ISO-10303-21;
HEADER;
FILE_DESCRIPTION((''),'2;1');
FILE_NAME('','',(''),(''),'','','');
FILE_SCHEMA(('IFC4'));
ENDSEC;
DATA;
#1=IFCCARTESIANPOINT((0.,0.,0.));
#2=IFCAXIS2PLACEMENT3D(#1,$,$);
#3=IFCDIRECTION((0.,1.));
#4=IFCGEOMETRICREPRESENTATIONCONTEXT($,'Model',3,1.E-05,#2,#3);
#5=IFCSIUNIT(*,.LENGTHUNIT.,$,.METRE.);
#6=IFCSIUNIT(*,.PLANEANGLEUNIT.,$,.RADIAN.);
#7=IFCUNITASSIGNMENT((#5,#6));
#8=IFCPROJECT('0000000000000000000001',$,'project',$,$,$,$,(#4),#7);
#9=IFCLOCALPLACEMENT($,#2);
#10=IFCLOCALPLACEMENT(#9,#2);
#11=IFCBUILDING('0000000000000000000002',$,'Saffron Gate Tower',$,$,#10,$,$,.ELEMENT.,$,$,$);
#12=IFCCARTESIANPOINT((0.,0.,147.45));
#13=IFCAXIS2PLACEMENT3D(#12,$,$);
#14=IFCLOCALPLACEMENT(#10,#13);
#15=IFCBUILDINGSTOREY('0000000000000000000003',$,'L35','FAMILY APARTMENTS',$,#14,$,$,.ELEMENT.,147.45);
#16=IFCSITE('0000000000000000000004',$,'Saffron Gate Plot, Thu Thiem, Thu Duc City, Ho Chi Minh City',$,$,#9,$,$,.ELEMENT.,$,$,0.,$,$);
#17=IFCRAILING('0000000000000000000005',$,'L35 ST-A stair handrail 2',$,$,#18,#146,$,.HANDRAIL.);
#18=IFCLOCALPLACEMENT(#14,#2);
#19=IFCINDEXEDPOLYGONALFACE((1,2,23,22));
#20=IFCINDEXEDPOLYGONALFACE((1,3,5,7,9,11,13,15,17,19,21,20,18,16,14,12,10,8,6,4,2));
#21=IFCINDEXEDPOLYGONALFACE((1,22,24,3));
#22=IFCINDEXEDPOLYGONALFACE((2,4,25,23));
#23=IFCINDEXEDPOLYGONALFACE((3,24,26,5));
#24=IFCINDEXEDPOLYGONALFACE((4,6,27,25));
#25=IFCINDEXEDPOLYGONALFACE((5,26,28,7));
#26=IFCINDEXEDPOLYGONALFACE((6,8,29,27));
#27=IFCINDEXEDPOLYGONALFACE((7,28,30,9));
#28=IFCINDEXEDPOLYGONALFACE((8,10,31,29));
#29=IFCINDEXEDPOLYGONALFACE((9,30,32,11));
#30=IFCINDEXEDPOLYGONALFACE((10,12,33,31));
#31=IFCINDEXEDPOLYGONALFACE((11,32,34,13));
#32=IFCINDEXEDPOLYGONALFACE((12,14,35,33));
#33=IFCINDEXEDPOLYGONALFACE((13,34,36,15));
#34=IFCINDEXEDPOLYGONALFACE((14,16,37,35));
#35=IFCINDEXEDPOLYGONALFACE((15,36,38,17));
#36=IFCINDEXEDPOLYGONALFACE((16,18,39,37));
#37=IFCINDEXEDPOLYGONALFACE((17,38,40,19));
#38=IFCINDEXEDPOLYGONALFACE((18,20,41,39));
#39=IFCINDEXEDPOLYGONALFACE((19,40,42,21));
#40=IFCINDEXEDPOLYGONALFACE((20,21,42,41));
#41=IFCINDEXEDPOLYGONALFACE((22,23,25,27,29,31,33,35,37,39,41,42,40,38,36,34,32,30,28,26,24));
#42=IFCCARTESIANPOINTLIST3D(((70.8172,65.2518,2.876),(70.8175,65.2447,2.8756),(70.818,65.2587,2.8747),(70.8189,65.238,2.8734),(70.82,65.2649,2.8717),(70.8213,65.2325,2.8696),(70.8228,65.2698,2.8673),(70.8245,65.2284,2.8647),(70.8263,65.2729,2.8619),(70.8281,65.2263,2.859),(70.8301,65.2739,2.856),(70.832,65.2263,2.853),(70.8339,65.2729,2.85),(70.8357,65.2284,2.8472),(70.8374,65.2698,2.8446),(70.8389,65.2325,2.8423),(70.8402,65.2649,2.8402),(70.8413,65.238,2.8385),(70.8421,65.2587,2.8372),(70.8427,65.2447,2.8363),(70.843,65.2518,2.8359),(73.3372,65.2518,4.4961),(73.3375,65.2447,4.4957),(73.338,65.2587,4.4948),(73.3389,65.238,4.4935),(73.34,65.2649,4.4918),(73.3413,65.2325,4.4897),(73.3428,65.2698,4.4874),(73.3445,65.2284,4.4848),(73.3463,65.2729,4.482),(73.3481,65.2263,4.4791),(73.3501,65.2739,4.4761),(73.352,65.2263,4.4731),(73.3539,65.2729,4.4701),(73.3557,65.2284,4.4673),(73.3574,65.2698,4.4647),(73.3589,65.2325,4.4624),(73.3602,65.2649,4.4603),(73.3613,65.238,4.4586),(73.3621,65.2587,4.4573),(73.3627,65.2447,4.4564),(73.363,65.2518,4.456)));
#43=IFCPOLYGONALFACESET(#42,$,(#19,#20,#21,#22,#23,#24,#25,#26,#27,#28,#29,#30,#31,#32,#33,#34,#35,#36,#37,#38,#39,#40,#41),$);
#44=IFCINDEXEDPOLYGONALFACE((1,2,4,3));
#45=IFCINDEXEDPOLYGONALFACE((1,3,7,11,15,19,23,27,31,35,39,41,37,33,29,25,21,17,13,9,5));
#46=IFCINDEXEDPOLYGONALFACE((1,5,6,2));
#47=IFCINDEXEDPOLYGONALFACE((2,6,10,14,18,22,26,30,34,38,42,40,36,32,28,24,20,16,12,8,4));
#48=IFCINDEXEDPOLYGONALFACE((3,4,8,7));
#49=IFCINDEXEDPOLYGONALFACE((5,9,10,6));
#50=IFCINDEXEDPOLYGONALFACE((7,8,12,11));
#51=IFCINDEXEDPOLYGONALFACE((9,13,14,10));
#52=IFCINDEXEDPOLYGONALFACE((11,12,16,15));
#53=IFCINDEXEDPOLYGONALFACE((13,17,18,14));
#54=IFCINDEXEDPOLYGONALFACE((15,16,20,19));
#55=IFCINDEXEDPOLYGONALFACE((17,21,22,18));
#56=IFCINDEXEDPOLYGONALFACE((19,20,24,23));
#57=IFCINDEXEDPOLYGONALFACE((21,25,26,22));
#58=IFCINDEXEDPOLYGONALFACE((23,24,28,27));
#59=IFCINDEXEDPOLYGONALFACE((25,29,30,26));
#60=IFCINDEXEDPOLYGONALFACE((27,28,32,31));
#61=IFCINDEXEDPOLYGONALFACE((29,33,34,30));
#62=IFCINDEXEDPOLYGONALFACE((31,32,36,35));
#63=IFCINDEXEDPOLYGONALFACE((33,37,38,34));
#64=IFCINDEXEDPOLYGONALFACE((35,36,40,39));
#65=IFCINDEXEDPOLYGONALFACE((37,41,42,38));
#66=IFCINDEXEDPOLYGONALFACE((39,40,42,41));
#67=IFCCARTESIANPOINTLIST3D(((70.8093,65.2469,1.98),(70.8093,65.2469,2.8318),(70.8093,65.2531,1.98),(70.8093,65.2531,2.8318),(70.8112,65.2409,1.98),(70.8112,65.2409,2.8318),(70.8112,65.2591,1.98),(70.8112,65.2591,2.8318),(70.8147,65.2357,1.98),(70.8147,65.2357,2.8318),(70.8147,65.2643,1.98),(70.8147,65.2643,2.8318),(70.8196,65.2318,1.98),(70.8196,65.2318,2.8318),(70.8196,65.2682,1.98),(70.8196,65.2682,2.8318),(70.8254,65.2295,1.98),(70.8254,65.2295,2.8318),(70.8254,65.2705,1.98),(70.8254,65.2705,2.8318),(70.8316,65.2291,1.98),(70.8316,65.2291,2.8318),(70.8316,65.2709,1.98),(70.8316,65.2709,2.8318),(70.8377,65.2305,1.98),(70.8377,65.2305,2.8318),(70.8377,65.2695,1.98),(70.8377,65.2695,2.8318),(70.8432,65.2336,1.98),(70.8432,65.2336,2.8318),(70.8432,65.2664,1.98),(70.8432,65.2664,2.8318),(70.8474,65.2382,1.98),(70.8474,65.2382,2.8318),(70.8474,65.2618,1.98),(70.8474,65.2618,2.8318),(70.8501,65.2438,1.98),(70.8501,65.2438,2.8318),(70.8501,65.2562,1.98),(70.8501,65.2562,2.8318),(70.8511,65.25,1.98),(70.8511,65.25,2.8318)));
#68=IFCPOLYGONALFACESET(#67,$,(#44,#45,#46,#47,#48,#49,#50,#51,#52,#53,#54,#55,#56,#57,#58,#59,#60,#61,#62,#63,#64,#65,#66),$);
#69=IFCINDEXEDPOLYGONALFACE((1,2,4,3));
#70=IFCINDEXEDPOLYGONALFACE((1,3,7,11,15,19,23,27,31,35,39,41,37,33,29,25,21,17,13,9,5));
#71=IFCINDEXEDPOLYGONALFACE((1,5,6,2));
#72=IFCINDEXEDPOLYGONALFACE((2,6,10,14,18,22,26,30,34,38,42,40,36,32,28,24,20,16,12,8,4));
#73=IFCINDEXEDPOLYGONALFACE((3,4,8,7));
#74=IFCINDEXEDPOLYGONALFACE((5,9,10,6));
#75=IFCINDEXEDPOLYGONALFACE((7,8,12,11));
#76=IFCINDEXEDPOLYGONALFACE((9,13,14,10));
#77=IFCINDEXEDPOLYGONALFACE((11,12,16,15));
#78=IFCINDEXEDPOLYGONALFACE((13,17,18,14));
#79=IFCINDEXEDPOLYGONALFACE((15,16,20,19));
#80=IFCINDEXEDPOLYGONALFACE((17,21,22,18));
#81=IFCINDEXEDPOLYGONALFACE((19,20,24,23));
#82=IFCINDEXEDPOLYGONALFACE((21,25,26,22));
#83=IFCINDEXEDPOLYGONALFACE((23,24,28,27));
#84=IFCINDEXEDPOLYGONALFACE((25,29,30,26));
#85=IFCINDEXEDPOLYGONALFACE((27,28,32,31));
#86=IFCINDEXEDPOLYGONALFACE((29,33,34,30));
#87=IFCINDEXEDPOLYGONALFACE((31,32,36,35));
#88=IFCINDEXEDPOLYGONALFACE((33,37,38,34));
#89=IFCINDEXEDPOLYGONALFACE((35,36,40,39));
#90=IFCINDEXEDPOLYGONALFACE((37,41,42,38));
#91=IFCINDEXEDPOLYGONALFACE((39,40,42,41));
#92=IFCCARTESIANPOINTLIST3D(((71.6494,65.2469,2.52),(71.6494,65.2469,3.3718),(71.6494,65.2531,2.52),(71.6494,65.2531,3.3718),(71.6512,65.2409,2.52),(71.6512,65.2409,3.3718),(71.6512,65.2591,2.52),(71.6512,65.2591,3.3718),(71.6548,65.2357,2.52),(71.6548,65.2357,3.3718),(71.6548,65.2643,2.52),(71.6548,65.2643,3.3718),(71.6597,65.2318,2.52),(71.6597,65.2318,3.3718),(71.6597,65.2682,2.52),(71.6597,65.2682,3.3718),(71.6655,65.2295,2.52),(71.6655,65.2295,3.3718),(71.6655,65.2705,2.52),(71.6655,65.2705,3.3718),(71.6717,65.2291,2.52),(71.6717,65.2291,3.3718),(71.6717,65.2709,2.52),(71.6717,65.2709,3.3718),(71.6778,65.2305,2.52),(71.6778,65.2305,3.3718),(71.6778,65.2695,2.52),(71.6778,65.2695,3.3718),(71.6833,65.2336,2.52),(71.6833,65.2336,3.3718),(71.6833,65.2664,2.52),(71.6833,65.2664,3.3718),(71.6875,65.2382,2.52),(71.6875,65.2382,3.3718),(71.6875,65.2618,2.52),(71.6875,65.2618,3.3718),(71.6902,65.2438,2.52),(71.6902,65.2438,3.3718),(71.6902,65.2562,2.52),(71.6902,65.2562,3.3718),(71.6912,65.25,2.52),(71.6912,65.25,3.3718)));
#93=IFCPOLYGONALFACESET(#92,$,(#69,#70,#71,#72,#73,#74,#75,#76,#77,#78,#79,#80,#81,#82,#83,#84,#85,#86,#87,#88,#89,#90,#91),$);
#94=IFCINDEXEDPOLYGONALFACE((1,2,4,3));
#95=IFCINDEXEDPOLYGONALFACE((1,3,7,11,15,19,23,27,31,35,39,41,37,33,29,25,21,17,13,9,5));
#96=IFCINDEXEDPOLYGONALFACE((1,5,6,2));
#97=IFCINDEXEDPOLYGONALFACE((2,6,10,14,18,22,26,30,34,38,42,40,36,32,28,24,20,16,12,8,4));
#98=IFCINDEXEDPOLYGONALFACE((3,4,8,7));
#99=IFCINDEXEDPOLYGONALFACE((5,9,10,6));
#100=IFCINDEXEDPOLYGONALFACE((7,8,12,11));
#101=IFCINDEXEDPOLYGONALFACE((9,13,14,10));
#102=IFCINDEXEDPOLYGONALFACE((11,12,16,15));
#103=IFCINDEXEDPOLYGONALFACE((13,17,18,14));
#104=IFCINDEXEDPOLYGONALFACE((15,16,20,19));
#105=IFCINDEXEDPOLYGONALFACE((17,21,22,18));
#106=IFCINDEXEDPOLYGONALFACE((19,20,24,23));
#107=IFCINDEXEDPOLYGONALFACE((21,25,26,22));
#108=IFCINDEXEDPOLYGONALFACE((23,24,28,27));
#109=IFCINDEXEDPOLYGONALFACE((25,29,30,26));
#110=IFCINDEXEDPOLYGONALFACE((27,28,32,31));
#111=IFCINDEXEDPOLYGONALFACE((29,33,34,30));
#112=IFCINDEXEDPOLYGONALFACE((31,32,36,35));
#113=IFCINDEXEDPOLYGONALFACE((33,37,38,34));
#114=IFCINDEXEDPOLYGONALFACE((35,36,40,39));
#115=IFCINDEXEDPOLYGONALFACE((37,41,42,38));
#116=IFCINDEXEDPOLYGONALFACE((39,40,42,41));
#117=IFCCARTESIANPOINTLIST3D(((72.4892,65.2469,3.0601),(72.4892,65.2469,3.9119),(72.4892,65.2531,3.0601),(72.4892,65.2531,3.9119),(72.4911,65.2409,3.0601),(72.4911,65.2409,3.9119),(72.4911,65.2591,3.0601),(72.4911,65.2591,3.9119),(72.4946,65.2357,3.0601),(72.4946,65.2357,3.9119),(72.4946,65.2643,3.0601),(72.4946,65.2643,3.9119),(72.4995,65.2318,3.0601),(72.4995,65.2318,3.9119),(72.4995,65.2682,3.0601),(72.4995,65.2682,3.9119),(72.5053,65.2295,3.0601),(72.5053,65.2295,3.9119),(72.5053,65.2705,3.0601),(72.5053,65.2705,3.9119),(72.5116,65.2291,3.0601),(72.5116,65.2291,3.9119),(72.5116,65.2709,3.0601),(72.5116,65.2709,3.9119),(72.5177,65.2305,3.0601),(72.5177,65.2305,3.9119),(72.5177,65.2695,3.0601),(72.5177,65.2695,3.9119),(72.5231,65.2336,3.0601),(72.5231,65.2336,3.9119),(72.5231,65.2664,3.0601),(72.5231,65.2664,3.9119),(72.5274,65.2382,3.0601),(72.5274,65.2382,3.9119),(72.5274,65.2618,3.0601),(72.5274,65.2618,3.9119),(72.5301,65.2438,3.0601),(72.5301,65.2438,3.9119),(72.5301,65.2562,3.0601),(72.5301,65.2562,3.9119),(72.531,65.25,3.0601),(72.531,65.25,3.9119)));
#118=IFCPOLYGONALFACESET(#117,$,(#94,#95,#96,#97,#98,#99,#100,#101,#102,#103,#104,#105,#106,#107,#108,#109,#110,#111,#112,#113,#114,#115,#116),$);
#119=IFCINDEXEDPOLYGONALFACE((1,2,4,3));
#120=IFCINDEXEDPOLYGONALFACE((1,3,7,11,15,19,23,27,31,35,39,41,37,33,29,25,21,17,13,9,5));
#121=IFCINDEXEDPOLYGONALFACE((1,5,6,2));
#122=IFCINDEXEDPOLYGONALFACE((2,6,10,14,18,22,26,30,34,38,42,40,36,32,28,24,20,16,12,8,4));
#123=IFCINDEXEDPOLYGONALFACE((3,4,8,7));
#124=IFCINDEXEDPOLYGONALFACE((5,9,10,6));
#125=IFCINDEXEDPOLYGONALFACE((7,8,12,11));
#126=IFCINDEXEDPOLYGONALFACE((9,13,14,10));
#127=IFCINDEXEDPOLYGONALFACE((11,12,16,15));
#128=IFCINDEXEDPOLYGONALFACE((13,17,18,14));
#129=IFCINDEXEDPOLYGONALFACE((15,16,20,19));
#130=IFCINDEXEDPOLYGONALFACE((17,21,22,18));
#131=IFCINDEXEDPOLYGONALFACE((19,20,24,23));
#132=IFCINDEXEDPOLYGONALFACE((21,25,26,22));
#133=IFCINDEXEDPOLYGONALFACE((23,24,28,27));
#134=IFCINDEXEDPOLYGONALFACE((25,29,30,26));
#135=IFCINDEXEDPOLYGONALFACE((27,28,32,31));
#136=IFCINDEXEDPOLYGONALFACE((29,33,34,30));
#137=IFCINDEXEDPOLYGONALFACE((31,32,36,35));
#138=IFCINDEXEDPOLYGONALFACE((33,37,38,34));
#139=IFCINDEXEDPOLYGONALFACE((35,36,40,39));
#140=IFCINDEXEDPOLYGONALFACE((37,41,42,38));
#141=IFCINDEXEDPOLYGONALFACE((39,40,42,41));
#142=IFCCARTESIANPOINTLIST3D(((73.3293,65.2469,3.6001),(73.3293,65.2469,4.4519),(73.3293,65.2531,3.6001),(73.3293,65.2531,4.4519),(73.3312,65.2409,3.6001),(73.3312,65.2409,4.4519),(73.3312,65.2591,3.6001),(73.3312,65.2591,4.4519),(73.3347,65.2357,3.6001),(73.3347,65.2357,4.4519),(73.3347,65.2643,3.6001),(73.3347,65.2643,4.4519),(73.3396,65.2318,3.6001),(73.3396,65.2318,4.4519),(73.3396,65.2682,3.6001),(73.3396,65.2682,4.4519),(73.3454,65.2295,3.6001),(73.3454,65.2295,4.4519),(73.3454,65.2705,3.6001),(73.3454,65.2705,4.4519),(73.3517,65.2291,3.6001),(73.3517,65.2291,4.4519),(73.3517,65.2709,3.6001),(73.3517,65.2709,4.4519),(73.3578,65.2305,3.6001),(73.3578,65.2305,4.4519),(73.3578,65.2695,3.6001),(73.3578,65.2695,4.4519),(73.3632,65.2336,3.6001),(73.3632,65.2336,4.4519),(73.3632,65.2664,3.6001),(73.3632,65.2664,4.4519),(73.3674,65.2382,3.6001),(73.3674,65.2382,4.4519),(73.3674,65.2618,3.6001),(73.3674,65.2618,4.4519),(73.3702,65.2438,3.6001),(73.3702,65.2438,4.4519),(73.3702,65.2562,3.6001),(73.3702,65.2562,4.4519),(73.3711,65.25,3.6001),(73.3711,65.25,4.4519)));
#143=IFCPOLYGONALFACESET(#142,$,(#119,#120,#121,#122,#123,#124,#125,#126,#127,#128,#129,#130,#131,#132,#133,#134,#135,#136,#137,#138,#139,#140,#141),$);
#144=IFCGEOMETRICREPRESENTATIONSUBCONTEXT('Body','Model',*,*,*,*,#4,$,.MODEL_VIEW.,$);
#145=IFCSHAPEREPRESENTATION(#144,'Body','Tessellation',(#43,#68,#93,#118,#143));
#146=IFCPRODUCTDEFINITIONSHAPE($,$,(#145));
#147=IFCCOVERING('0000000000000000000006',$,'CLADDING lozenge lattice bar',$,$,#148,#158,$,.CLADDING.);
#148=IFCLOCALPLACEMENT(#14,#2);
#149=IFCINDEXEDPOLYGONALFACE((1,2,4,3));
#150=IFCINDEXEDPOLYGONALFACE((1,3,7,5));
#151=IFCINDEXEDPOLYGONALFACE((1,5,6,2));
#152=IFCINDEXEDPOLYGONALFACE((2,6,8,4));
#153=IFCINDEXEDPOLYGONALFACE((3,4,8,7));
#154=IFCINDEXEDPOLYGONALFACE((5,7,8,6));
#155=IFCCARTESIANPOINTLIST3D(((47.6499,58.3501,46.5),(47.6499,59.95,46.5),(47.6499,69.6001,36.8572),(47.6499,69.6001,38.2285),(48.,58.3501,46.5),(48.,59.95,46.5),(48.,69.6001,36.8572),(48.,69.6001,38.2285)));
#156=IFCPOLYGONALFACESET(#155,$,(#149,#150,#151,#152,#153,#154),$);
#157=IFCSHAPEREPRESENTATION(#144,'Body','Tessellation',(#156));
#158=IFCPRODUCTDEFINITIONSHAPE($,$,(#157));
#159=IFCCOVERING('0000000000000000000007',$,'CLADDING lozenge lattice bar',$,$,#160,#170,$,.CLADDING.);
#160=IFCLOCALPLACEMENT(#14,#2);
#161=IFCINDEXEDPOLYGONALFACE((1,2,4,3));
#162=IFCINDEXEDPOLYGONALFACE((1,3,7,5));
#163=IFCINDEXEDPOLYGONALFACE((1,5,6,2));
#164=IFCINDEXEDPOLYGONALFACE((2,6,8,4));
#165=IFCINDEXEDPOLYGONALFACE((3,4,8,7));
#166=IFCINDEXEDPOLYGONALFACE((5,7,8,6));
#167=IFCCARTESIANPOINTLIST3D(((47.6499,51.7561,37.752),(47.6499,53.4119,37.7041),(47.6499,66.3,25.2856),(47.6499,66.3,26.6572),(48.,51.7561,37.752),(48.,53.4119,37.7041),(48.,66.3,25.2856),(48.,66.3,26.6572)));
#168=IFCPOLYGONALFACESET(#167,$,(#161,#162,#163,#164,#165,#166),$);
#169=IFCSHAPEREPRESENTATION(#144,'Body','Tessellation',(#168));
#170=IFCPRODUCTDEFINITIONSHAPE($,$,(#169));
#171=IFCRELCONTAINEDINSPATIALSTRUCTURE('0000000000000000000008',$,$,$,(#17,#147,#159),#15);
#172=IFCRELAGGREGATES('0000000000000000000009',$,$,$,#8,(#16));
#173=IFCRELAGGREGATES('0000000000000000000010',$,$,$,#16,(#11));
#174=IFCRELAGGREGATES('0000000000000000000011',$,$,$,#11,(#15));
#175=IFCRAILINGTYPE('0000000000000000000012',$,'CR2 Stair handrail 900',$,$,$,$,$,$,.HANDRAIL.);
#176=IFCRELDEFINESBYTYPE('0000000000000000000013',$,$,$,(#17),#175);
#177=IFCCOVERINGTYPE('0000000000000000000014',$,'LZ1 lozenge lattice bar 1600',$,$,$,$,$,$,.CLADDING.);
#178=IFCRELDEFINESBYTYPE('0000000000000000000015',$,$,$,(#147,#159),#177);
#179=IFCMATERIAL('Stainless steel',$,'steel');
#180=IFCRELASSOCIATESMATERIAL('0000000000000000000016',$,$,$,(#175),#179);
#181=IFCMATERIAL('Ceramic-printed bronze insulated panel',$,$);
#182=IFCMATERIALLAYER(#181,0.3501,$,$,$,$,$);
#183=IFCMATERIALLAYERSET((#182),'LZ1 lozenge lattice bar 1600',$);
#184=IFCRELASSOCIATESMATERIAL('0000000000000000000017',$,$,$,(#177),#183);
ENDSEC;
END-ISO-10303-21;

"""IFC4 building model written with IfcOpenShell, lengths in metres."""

from ifc_helpers import new_model, si_unit, direction, frame, origin, origin_2d, place, context, subcontext, project, spatial, polyline, circle, outline, extrude, material, layer, layer_set, type_object, element, save


model = new_model("IFC4")

# Units and contexts
model_context = context("Model", 3, precision=1e-05, world=origin(), true_north=direction((0.0, 1.0)))
body_context = subcontext(model_context, "Body", "Model", "MODEL_VIEW")
ifc_project = project(units=[si_unit("LENGTHUNIT", "METRE"), si_unit("PLANEANGLEUNIT", "RADIAN")], contexts=[model_context])

# Site, building, storey
site_placement = place(None, origin())
site = spatial("IfcSite", under=ifc_project, at=site_placement, Name="Saffron Gate Plot, Thu Thiem, Thu Duc City, Ho Chi Minh City", CompositionType="ELEMENT", RefElevation=0.0)
building_placement = place(site_placement, origin())
building = spatial("IfcBuilding", under=site, at=building_placement, Name="Saffron Gate Tower", CompositionType="ELEMENT")
storey_placement = place(building_placement, frame((0.0, 0.0, 147.45)))
storey = spatial("IfcBuildingStorey", under=building, at=storey_placement, Name="L35", Description="FAMILY APARTMENTS", CompositionType="ELEMENT", Elevation=147.45)

# Railing
ifc_material_1 = material(Name="Stainless steel", Category="steel")
railing_type = type_object("IfcRailingType", Name="CR2 Stair handrail 900", PredefinedType="HANDRAIL", material=ifc_material_1)
railing_1_placement = place(storey_placement, frame((70.8301, 65.25, 1.98)))
element("IfcRailing", 1, at=railing_1_placement, inside=storey, type_object=railing_type, Name="L35 ST-A stair handrail 2", PredefinedType="HANDRAIL", context=body_context, shape_type="SweptSolid", body=[
    extrude(circle(Radius=0.0239, at=origin_2d()), frame((0.0, 0.0, 0.876), z_axis=(0.841163, 0.0, 0.540782), x_axis=(0.0, 1.0, 0.0)), (0.0, 0.0, 1.0), 2.9958),
    extrude(circle(Radius=0.021, at=origin_2d()), origin(), (0.0, 0.0, 1.0), 0.8518),
    extrude(circle(Radius=0.021, at=origin_2d()), frame((0.8401, 0.0, 0.54)), (0.0, 0.0, 1.0), 0.8518),
    extrude(circle(Radius=0.021, at=origin_2d()), frame((1.6799, 0.0, 1.0801)), (0.0, 0.0, 1.0), 0.8518),
    extrude(circle(Radius=0.021, at=origin_2d()), frame((2.52, 0.0, 1.6201)), (0.0, 0.0, 1.0), 0.8518),
])

# Coverings
ifc_material_2 = material(Name="Ceramic-printed bronze insulated panel")
ifc_layer_1 = layer(ifc_material_2, 0.3501)
ifc_layer_set_1 = layer_set([ifc_layer_1], Name="LZ1 lozenge lattice bar 1600")
covering_type = type_object("IfcCoveringType", Name="LZ1 lozenge lattice bar 1600", PredefinedType="CLADDING", material=ifc_layer_set_1)
covering_1_placement = place(storey_placement, frame((47.6499, 69.6001, 36.8572), z_axis=(-1.0, 0.0, 0.0), x_axis=(0.0, -0.759258, 0.65079)))
element("IfcCovering", 2, at=covering_1_placement, inside=storey, type_object=covering_type, Name="CLADDING lozenge lattice bar", PredefinedType="CLADDING", context=body_context, shape_type="SweptSolid", body=[
    extrude(outline(polyline([(0.0, 0.0), (14.8171, 0.0), (13.6024, 1.0412), (0.8925, 1.0412), (0.0, 0.0)])), origin(), (0.0, 0.0, -1.0), 0.3501),
])
covering_2_placement = place(storey_placement, frame((47.6499, 66.3, 26.6572), z_axis=(-1.0, 0.0, 0.0), x_axis=(0.0, 0.0, -1.0)))
element("IfcCovering", 3, at=covering_2_placement, inside=storey, type_object=covering_type, Name="CLADDING lozenge lattice bar", PredefinedType="CLADDING", context=body_context, shape_type="SweptSolid", body=[
    extrude(outline(polyline([(0.0, 0.0), (1.3716, 0.0), (-11.0947, 14.5439), (-11.0469, 12.8882), (0.0, 0.0)])), origin(), (0.0, 0.0, -1.0), 0.3501),
])

save(model, "model.ifc")
